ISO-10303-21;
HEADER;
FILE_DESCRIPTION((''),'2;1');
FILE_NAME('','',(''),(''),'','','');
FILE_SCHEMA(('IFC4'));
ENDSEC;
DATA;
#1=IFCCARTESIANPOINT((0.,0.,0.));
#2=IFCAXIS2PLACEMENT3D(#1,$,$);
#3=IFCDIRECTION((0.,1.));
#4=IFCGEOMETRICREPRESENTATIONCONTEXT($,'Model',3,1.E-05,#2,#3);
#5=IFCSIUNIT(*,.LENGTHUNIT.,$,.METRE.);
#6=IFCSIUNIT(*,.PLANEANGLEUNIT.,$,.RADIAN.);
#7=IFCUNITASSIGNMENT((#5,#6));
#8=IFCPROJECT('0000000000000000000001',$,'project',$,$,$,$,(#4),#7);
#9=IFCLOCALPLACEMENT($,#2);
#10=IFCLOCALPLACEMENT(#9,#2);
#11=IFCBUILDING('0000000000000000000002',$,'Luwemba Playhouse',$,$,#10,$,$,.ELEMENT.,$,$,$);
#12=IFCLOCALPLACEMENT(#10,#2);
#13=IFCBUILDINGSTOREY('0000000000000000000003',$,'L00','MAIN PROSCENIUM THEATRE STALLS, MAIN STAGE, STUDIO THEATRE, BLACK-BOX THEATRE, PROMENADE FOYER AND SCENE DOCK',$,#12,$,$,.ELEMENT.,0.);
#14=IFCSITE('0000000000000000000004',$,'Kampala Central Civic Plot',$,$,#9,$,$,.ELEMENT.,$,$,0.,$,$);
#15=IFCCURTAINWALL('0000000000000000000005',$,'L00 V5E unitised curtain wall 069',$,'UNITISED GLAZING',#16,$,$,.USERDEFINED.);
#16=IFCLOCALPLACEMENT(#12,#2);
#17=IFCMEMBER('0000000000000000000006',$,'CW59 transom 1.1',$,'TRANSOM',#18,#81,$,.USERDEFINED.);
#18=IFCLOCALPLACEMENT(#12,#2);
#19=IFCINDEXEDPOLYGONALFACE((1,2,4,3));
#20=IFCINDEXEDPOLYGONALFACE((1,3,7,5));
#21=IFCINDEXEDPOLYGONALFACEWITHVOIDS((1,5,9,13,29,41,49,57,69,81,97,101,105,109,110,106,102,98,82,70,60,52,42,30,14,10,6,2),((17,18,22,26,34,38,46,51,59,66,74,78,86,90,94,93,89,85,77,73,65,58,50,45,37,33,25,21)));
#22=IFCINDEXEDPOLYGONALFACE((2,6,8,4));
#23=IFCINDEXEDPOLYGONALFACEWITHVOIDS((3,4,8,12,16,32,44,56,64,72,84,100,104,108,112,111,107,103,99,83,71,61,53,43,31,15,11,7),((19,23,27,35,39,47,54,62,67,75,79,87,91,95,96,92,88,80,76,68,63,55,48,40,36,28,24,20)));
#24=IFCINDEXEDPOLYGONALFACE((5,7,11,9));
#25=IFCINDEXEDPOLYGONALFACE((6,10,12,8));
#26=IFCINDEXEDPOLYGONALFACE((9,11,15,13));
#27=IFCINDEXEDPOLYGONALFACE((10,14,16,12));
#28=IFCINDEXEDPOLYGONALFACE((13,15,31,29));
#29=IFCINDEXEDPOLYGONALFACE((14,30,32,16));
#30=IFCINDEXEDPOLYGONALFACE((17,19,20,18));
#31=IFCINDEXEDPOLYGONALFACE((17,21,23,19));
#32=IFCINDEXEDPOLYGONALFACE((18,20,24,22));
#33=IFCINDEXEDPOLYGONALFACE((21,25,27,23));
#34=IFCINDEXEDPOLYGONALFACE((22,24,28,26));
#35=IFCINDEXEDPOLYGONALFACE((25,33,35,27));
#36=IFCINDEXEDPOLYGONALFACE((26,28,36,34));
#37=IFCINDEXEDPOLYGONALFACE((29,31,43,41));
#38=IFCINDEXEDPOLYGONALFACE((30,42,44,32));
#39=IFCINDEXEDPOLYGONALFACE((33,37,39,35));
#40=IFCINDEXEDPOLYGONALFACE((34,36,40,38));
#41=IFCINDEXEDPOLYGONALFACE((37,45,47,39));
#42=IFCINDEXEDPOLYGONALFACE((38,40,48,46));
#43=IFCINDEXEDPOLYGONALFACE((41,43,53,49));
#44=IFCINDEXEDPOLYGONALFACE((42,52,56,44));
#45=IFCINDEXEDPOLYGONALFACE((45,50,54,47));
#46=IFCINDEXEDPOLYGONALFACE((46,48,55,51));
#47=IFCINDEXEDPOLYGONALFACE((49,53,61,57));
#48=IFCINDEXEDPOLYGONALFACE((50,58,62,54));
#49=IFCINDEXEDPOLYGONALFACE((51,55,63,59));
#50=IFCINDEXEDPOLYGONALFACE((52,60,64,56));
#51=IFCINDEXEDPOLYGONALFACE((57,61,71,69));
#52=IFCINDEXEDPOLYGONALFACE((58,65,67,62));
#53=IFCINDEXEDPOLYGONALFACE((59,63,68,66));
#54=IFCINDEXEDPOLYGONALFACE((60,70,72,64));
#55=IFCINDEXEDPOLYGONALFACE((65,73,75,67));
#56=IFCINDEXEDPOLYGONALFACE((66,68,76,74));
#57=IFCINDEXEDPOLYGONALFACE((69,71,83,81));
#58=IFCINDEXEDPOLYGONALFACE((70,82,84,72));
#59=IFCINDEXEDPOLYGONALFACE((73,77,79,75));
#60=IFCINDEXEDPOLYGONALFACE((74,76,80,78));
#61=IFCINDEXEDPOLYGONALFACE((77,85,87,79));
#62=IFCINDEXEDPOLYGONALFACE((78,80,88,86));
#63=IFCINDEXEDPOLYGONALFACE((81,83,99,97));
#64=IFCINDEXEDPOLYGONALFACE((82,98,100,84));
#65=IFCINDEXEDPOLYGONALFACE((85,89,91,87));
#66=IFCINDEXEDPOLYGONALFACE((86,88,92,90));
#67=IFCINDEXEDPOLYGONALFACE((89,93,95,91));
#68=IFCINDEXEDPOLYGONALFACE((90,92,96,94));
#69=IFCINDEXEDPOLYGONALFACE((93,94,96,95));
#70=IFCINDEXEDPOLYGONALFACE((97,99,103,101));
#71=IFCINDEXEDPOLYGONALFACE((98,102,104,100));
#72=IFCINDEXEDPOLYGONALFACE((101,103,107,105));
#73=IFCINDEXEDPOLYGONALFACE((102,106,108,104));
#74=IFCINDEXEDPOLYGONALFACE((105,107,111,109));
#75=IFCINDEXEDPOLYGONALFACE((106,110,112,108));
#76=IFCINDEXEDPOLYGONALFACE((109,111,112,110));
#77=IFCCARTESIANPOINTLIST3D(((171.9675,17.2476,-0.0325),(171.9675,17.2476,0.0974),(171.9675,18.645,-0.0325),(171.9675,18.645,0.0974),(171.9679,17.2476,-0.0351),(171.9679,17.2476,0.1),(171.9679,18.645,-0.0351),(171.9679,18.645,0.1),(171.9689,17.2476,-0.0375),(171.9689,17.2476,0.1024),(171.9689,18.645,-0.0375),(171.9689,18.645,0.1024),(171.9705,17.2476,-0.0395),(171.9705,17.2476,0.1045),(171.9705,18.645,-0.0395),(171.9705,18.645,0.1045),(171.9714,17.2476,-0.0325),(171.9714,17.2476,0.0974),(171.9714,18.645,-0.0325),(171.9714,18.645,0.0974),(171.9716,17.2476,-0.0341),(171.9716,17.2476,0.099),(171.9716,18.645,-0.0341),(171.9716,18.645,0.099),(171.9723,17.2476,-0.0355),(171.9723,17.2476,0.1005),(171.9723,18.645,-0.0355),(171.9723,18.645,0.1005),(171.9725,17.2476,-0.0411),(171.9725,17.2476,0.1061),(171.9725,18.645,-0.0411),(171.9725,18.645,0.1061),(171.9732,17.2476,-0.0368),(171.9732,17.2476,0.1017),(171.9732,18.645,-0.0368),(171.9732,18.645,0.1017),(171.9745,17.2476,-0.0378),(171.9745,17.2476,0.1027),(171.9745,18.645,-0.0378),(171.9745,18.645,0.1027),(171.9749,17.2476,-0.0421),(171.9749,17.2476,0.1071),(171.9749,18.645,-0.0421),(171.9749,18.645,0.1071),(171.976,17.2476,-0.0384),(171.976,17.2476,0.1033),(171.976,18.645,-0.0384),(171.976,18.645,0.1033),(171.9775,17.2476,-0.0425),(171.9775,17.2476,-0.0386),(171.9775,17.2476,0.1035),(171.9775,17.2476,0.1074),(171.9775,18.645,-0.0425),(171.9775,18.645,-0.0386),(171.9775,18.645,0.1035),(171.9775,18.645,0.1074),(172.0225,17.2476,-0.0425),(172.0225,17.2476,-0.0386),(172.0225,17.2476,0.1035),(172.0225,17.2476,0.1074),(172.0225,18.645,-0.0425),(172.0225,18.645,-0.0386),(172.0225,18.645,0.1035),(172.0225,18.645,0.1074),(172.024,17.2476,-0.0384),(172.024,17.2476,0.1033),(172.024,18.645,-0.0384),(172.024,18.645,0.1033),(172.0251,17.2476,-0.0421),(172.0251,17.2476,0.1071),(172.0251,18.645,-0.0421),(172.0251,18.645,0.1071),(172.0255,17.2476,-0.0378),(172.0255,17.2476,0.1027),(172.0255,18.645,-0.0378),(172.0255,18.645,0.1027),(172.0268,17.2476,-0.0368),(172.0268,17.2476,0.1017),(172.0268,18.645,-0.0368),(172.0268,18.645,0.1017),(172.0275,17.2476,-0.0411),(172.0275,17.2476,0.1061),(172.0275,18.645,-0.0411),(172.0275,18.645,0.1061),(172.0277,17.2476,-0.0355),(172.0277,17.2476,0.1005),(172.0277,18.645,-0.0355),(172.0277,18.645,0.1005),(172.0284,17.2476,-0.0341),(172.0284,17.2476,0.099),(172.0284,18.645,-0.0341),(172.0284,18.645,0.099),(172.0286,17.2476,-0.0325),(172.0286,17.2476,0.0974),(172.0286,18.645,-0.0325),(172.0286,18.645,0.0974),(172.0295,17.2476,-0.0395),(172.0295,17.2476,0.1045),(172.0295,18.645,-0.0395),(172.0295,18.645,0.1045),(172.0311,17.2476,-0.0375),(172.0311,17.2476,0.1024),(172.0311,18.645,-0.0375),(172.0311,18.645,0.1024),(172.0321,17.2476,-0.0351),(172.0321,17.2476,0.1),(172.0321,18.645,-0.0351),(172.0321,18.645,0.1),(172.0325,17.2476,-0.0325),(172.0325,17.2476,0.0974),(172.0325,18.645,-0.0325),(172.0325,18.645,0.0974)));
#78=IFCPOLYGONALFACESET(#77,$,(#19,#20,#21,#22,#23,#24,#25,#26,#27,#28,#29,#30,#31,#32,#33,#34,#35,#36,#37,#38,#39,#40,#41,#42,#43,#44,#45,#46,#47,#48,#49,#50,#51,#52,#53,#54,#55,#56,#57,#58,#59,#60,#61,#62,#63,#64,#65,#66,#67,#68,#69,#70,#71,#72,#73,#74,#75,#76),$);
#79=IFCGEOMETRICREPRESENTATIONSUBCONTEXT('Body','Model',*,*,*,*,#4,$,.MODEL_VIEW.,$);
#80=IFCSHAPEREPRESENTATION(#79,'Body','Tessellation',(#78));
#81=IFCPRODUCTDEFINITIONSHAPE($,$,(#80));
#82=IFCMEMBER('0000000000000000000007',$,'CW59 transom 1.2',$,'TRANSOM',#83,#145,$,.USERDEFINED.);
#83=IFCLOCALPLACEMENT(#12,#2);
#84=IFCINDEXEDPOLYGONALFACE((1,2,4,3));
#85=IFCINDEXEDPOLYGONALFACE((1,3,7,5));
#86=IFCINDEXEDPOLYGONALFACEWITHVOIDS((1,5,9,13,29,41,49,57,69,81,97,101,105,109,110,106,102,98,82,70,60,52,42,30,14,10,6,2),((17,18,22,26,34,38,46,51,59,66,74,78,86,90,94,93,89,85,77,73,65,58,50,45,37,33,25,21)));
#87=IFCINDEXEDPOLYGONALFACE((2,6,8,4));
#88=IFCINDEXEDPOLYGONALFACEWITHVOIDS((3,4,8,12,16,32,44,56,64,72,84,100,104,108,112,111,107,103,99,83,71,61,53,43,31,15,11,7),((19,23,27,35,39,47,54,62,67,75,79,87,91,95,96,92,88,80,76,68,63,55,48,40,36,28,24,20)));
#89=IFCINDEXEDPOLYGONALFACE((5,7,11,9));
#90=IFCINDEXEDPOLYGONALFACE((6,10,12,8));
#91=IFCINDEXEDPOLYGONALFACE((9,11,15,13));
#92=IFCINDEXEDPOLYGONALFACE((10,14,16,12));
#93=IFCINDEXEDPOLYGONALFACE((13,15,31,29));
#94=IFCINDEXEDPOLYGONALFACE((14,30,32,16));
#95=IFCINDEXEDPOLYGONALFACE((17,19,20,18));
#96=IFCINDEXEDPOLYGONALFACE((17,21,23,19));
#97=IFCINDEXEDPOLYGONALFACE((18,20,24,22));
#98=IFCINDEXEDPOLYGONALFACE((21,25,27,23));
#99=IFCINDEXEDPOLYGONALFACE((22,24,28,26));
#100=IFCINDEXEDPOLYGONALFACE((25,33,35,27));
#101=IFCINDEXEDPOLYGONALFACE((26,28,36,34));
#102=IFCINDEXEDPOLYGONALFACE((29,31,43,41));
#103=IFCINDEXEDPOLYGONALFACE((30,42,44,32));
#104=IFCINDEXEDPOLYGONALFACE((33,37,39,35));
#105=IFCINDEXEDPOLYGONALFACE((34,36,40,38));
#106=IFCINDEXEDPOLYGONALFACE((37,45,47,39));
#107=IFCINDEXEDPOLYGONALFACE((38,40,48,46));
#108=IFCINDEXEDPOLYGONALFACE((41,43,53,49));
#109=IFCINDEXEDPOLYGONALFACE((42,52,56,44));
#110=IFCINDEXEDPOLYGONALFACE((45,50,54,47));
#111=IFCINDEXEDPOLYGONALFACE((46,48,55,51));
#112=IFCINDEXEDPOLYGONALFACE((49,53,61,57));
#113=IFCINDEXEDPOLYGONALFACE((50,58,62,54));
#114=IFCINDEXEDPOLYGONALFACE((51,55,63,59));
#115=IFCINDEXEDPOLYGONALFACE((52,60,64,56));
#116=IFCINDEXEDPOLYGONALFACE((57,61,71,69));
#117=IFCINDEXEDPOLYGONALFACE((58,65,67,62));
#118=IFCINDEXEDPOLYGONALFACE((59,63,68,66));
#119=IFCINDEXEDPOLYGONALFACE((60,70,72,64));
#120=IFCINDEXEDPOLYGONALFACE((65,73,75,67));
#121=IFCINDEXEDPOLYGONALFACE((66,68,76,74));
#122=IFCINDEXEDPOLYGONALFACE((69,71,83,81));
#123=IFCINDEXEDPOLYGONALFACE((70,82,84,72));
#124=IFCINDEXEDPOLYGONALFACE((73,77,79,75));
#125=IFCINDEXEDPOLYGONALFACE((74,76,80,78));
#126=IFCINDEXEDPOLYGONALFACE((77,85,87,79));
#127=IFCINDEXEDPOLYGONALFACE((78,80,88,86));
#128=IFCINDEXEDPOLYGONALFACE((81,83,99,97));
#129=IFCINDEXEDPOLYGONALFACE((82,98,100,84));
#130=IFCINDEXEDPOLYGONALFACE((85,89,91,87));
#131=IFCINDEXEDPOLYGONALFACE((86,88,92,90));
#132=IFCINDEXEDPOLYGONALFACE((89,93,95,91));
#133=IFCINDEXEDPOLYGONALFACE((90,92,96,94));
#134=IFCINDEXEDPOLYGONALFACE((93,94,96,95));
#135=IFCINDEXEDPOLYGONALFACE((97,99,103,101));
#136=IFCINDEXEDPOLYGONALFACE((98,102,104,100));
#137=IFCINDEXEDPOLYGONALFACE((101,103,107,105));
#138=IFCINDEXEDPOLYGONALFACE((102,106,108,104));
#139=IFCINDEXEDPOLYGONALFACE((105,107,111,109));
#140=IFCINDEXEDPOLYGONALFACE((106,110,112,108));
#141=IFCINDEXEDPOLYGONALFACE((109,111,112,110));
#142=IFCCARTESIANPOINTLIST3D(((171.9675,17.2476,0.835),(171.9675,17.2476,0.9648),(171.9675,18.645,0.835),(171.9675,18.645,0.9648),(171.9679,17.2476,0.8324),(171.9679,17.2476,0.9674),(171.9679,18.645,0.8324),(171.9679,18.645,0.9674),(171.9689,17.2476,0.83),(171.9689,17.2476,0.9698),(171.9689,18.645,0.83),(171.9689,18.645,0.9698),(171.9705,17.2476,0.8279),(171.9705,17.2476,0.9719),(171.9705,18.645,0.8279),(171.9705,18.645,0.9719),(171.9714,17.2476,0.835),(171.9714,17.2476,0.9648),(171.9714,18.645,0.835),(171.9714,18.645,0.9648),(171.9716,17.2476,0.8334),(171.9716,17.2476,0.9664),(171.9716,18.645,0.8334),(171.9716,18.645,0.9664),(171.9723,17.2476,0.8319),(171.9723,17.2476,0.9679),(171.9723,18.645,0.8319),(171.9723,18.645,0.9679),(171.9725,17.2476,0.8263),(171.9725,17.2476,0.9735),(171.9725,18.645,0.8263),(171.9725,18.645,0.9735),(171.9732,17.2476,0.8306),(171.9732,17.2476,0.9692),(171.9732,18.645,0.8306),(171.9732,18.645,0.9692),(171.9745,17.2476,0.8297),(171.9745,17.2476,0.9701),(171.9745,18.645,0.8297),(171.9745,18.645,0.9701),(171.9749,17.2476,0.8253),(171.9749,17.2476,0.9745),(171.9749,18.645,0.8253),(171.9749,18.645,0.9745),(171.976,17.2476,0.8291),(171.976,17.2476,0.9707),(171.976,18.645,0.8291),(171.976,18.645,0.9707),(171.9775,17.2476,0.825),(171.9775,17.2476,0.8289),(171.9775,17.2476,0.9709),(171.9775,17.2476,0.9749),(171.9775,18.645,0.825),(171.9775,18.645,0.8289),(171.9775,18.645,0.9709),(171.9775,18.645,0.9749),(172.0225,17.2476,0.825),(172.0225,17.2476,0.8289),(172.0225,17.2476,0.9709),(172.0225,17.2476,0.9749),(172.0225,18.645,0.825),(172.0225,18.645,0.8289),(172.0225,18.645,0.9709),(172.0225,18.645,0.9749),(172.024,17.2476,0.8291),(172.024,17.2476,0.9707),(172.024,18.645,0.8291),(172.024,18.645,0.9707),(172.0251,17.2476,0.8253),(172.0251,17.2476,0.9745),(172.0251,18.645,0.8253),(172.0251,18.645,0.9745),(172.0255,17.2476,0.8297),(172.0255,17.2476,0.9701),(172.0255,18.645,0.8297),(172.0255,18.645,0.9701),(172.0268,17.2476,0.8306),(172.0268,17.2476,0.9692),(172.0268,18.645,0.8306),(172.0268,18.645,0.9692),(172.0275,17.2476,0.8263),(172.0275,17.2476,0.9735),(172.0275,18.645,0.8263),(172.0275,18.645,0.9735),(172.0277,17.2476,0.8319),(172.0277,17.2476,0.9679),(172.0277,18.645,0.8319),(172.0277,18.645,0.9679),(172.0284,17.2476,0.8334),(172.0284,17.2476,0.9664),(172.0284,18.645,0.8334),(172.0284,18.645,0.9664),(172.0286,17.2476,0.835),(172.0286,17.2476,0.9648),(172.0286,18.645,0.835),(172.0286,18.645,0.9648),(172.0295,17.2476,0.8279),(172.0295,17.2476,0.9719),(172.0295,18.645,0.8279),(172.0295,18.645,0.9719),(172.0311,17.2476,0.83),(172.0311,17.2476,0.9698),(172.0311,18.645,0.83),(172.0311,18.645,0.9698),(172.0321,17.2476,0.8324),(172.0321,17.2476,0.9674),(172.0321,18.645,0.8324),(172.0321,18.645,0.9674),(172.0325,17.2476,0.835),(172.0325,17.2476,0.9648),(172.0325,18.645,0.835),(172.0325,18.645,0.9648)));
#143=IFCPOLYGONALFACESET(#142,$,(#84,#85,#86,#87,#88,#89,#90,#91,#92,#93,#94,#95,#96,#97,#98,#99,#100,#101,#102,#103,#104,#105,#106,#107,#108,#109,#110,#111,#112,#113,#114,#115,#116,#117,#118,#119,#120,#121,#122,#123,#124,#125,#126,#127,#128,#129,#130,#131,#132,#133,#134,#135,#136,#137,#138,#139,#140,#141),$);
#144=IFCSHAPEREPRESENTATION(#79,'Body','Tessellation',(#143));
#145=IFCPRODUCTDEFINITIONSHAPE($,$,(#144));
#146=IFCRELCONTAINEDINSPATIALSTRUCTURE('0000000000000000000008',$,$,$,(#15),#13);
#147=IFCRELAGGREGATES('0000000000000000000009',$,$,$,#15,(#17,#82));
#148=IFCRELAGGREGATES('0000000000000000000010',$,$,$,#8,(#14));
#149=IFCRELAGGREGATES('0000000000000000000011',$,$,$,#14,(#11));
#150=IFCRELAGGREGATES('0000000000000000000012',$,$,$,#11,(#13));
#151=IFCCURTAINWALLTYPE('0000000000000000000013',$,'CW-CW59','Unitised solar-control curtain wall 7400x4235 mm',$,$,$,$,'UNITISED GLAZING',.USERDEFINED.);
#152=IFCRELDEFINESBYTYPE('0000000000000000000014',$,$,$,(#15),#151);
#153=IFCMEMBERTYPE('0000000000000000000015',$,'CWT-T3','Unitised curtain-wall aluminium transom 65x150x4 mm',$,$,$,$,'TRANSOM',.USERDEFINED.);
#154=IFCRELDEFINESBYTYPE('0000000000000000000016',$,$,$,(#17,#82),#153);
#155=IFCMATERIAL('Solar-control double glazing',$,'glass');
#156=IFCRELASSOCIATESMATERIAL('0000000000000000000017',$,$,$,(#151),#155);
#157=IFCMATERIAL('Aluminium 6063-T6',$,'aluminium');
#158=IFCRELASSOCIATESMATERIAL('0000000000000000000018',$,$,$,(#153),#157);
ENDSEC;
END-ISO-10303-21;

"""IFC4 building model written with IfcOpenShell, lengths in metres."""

from ifc_helpers import new_model, si_unit, direction, frame, origin, origin_2d, place, context, subcontext, project, spatial, hollow_rectangle, extrude, material, material_profile, profile_set, type_object, element, aggregate, save


model = new_model("IFC4")

# Units and contexts
model_context = context("Model", 3, precision=1e-05, world=origin(), true_north=direction((0.0, 1.0)))
body_context = subcontext(model_context, "Body", "Model", "MODEL_VIEW")
ifc_project = project(units=[si_unit("LENGTHUNIT", "METRE"), si_unit("PLANEANGLEUNIT", "RADIAN")], contexts=[model_context])

# Site, building, storey
site_placement = place(None, origin())
site = spatial("IfcSite", under=ifc_project, at=site_placement, Name="Kampala Central Civic Plot", CompositionType="ELEMENT", RefElevation=0.0)
building_placement = place(site_placement, origin())
building = spatial("IfcBuilding", under=site, at=building_placement, Name="Luwemba Playhouse", CompositionType="ELEMENT")
storey_placement = place(building_placement, origin())
storey = spatial("IfcBuildingStorey", under=building, at=storey_placement, Name="L00", Description="MAIN PROSCENIUM THEATRE STALLS, MAIN STAGE, STUDIO THEATRE, BLACK-BOX THEATRE, PROMENADE FOYER AND SCENE DOCK", CompositionType="ELEMENT", Elevation=0.0)

# Curtain wall
ifc_material_1 = material(Name="Solar-control double glazing", Category="glass")
ifc_material_2 = material(Name="Aluminium 6063-T6", Category="aluminium")
curtain_wall_type_1 = type_object("IfcCurtainWallType", Name="CW-CW59", Description="Unitised solar-control curtain wall 7400x4235 mm", ElementType="UNITISED GLAZING", PredefinedType="USERDEFINED", material=ifc_material_1)
curtain_wall_1_placement = place(storey_placement, origin())
curtain_wall_1 = element("IfcCurtainWall", 1, at=curtain_wall_1_placement, inside=storey, type_object=curtain_wall_type_1, Name="L00 V5E unitised curtain wall 069", ObjectType="UNITISED GLAZING", PredefinedType="USERDEFINED")

# Members
ifc_material_profile_1 = material_profile(ifc_material_2, hollow_rectangle(XDim=0.0649, YDim=0.1499, WallThickness=0.0039, InnerFilletRadius=0.0061, OuterFilletRadius=0.01, at=origin_2d()))
ifc_profile_set_1 = profile_set([ifc_material_profile_1], Name="Aluminium 6063-T6")
member_type_1 = type_object("IfcMemberType", Name="CWT-T3", Description="Unitised curtain-wall aluminium transom 65x150x4 mm", ElementType="TRANSOM", PredefinedType="USERDEFINED", material=ifc_profile_set_1)
member_1_placement = place(storey_placement, frame((172.0, 18.645, 0.0325), z_axis=(0.0, -1.0, 0.0), x_axis=(1.0, 0.0, 0.0)))
member_1 = element("IfcMember", 2, at=member_1_placement, type_object=member_type_1, Name="CW59 transom 1.1", ObjectType="TRANSOM", PredefinedType="USERDEFINED", context=body_context, shape_type="SweptSolid", body=[
    extrude(hollow_rectangle(XDim=0.0649, YDim=0.1499, WallThickness=0.0039, InnerFilletRadius=0.0061, OuterFilletRadius=0.01, at=origin_2d()), origin(), (0.0, 0.0, 1.0), 1.3975),
])
member_2_placement = place(storey_placement, frame((172.0, 18.645, 0.8999), z_axis=(0.0, -1.0, 0.0), x_axis=(1.0, 0.0, 0.0)))
member_2 = element("IfcMember", 3, at=member_2_placement, type_object=member_type_1, Name="CW59 transom 1.2", ObjectType="TRANSOM", PredefinedType="USERDEFINED", context=body_context, shape_type="SweptSolid", body=[
    extrude(hollow_rectangle(XDim=0.0649, YDim=0.1499, WallThickness=0.0039, InnerFilletRadius=0.0061, OuterFilletRadius=0.01, at=origin_2d()), origin(), (0.0, 0.0, 1.0), 1.3975),
])

aggregate(curtain_wall_1, [member_1, member_2])

save(model, "model.ifc")
